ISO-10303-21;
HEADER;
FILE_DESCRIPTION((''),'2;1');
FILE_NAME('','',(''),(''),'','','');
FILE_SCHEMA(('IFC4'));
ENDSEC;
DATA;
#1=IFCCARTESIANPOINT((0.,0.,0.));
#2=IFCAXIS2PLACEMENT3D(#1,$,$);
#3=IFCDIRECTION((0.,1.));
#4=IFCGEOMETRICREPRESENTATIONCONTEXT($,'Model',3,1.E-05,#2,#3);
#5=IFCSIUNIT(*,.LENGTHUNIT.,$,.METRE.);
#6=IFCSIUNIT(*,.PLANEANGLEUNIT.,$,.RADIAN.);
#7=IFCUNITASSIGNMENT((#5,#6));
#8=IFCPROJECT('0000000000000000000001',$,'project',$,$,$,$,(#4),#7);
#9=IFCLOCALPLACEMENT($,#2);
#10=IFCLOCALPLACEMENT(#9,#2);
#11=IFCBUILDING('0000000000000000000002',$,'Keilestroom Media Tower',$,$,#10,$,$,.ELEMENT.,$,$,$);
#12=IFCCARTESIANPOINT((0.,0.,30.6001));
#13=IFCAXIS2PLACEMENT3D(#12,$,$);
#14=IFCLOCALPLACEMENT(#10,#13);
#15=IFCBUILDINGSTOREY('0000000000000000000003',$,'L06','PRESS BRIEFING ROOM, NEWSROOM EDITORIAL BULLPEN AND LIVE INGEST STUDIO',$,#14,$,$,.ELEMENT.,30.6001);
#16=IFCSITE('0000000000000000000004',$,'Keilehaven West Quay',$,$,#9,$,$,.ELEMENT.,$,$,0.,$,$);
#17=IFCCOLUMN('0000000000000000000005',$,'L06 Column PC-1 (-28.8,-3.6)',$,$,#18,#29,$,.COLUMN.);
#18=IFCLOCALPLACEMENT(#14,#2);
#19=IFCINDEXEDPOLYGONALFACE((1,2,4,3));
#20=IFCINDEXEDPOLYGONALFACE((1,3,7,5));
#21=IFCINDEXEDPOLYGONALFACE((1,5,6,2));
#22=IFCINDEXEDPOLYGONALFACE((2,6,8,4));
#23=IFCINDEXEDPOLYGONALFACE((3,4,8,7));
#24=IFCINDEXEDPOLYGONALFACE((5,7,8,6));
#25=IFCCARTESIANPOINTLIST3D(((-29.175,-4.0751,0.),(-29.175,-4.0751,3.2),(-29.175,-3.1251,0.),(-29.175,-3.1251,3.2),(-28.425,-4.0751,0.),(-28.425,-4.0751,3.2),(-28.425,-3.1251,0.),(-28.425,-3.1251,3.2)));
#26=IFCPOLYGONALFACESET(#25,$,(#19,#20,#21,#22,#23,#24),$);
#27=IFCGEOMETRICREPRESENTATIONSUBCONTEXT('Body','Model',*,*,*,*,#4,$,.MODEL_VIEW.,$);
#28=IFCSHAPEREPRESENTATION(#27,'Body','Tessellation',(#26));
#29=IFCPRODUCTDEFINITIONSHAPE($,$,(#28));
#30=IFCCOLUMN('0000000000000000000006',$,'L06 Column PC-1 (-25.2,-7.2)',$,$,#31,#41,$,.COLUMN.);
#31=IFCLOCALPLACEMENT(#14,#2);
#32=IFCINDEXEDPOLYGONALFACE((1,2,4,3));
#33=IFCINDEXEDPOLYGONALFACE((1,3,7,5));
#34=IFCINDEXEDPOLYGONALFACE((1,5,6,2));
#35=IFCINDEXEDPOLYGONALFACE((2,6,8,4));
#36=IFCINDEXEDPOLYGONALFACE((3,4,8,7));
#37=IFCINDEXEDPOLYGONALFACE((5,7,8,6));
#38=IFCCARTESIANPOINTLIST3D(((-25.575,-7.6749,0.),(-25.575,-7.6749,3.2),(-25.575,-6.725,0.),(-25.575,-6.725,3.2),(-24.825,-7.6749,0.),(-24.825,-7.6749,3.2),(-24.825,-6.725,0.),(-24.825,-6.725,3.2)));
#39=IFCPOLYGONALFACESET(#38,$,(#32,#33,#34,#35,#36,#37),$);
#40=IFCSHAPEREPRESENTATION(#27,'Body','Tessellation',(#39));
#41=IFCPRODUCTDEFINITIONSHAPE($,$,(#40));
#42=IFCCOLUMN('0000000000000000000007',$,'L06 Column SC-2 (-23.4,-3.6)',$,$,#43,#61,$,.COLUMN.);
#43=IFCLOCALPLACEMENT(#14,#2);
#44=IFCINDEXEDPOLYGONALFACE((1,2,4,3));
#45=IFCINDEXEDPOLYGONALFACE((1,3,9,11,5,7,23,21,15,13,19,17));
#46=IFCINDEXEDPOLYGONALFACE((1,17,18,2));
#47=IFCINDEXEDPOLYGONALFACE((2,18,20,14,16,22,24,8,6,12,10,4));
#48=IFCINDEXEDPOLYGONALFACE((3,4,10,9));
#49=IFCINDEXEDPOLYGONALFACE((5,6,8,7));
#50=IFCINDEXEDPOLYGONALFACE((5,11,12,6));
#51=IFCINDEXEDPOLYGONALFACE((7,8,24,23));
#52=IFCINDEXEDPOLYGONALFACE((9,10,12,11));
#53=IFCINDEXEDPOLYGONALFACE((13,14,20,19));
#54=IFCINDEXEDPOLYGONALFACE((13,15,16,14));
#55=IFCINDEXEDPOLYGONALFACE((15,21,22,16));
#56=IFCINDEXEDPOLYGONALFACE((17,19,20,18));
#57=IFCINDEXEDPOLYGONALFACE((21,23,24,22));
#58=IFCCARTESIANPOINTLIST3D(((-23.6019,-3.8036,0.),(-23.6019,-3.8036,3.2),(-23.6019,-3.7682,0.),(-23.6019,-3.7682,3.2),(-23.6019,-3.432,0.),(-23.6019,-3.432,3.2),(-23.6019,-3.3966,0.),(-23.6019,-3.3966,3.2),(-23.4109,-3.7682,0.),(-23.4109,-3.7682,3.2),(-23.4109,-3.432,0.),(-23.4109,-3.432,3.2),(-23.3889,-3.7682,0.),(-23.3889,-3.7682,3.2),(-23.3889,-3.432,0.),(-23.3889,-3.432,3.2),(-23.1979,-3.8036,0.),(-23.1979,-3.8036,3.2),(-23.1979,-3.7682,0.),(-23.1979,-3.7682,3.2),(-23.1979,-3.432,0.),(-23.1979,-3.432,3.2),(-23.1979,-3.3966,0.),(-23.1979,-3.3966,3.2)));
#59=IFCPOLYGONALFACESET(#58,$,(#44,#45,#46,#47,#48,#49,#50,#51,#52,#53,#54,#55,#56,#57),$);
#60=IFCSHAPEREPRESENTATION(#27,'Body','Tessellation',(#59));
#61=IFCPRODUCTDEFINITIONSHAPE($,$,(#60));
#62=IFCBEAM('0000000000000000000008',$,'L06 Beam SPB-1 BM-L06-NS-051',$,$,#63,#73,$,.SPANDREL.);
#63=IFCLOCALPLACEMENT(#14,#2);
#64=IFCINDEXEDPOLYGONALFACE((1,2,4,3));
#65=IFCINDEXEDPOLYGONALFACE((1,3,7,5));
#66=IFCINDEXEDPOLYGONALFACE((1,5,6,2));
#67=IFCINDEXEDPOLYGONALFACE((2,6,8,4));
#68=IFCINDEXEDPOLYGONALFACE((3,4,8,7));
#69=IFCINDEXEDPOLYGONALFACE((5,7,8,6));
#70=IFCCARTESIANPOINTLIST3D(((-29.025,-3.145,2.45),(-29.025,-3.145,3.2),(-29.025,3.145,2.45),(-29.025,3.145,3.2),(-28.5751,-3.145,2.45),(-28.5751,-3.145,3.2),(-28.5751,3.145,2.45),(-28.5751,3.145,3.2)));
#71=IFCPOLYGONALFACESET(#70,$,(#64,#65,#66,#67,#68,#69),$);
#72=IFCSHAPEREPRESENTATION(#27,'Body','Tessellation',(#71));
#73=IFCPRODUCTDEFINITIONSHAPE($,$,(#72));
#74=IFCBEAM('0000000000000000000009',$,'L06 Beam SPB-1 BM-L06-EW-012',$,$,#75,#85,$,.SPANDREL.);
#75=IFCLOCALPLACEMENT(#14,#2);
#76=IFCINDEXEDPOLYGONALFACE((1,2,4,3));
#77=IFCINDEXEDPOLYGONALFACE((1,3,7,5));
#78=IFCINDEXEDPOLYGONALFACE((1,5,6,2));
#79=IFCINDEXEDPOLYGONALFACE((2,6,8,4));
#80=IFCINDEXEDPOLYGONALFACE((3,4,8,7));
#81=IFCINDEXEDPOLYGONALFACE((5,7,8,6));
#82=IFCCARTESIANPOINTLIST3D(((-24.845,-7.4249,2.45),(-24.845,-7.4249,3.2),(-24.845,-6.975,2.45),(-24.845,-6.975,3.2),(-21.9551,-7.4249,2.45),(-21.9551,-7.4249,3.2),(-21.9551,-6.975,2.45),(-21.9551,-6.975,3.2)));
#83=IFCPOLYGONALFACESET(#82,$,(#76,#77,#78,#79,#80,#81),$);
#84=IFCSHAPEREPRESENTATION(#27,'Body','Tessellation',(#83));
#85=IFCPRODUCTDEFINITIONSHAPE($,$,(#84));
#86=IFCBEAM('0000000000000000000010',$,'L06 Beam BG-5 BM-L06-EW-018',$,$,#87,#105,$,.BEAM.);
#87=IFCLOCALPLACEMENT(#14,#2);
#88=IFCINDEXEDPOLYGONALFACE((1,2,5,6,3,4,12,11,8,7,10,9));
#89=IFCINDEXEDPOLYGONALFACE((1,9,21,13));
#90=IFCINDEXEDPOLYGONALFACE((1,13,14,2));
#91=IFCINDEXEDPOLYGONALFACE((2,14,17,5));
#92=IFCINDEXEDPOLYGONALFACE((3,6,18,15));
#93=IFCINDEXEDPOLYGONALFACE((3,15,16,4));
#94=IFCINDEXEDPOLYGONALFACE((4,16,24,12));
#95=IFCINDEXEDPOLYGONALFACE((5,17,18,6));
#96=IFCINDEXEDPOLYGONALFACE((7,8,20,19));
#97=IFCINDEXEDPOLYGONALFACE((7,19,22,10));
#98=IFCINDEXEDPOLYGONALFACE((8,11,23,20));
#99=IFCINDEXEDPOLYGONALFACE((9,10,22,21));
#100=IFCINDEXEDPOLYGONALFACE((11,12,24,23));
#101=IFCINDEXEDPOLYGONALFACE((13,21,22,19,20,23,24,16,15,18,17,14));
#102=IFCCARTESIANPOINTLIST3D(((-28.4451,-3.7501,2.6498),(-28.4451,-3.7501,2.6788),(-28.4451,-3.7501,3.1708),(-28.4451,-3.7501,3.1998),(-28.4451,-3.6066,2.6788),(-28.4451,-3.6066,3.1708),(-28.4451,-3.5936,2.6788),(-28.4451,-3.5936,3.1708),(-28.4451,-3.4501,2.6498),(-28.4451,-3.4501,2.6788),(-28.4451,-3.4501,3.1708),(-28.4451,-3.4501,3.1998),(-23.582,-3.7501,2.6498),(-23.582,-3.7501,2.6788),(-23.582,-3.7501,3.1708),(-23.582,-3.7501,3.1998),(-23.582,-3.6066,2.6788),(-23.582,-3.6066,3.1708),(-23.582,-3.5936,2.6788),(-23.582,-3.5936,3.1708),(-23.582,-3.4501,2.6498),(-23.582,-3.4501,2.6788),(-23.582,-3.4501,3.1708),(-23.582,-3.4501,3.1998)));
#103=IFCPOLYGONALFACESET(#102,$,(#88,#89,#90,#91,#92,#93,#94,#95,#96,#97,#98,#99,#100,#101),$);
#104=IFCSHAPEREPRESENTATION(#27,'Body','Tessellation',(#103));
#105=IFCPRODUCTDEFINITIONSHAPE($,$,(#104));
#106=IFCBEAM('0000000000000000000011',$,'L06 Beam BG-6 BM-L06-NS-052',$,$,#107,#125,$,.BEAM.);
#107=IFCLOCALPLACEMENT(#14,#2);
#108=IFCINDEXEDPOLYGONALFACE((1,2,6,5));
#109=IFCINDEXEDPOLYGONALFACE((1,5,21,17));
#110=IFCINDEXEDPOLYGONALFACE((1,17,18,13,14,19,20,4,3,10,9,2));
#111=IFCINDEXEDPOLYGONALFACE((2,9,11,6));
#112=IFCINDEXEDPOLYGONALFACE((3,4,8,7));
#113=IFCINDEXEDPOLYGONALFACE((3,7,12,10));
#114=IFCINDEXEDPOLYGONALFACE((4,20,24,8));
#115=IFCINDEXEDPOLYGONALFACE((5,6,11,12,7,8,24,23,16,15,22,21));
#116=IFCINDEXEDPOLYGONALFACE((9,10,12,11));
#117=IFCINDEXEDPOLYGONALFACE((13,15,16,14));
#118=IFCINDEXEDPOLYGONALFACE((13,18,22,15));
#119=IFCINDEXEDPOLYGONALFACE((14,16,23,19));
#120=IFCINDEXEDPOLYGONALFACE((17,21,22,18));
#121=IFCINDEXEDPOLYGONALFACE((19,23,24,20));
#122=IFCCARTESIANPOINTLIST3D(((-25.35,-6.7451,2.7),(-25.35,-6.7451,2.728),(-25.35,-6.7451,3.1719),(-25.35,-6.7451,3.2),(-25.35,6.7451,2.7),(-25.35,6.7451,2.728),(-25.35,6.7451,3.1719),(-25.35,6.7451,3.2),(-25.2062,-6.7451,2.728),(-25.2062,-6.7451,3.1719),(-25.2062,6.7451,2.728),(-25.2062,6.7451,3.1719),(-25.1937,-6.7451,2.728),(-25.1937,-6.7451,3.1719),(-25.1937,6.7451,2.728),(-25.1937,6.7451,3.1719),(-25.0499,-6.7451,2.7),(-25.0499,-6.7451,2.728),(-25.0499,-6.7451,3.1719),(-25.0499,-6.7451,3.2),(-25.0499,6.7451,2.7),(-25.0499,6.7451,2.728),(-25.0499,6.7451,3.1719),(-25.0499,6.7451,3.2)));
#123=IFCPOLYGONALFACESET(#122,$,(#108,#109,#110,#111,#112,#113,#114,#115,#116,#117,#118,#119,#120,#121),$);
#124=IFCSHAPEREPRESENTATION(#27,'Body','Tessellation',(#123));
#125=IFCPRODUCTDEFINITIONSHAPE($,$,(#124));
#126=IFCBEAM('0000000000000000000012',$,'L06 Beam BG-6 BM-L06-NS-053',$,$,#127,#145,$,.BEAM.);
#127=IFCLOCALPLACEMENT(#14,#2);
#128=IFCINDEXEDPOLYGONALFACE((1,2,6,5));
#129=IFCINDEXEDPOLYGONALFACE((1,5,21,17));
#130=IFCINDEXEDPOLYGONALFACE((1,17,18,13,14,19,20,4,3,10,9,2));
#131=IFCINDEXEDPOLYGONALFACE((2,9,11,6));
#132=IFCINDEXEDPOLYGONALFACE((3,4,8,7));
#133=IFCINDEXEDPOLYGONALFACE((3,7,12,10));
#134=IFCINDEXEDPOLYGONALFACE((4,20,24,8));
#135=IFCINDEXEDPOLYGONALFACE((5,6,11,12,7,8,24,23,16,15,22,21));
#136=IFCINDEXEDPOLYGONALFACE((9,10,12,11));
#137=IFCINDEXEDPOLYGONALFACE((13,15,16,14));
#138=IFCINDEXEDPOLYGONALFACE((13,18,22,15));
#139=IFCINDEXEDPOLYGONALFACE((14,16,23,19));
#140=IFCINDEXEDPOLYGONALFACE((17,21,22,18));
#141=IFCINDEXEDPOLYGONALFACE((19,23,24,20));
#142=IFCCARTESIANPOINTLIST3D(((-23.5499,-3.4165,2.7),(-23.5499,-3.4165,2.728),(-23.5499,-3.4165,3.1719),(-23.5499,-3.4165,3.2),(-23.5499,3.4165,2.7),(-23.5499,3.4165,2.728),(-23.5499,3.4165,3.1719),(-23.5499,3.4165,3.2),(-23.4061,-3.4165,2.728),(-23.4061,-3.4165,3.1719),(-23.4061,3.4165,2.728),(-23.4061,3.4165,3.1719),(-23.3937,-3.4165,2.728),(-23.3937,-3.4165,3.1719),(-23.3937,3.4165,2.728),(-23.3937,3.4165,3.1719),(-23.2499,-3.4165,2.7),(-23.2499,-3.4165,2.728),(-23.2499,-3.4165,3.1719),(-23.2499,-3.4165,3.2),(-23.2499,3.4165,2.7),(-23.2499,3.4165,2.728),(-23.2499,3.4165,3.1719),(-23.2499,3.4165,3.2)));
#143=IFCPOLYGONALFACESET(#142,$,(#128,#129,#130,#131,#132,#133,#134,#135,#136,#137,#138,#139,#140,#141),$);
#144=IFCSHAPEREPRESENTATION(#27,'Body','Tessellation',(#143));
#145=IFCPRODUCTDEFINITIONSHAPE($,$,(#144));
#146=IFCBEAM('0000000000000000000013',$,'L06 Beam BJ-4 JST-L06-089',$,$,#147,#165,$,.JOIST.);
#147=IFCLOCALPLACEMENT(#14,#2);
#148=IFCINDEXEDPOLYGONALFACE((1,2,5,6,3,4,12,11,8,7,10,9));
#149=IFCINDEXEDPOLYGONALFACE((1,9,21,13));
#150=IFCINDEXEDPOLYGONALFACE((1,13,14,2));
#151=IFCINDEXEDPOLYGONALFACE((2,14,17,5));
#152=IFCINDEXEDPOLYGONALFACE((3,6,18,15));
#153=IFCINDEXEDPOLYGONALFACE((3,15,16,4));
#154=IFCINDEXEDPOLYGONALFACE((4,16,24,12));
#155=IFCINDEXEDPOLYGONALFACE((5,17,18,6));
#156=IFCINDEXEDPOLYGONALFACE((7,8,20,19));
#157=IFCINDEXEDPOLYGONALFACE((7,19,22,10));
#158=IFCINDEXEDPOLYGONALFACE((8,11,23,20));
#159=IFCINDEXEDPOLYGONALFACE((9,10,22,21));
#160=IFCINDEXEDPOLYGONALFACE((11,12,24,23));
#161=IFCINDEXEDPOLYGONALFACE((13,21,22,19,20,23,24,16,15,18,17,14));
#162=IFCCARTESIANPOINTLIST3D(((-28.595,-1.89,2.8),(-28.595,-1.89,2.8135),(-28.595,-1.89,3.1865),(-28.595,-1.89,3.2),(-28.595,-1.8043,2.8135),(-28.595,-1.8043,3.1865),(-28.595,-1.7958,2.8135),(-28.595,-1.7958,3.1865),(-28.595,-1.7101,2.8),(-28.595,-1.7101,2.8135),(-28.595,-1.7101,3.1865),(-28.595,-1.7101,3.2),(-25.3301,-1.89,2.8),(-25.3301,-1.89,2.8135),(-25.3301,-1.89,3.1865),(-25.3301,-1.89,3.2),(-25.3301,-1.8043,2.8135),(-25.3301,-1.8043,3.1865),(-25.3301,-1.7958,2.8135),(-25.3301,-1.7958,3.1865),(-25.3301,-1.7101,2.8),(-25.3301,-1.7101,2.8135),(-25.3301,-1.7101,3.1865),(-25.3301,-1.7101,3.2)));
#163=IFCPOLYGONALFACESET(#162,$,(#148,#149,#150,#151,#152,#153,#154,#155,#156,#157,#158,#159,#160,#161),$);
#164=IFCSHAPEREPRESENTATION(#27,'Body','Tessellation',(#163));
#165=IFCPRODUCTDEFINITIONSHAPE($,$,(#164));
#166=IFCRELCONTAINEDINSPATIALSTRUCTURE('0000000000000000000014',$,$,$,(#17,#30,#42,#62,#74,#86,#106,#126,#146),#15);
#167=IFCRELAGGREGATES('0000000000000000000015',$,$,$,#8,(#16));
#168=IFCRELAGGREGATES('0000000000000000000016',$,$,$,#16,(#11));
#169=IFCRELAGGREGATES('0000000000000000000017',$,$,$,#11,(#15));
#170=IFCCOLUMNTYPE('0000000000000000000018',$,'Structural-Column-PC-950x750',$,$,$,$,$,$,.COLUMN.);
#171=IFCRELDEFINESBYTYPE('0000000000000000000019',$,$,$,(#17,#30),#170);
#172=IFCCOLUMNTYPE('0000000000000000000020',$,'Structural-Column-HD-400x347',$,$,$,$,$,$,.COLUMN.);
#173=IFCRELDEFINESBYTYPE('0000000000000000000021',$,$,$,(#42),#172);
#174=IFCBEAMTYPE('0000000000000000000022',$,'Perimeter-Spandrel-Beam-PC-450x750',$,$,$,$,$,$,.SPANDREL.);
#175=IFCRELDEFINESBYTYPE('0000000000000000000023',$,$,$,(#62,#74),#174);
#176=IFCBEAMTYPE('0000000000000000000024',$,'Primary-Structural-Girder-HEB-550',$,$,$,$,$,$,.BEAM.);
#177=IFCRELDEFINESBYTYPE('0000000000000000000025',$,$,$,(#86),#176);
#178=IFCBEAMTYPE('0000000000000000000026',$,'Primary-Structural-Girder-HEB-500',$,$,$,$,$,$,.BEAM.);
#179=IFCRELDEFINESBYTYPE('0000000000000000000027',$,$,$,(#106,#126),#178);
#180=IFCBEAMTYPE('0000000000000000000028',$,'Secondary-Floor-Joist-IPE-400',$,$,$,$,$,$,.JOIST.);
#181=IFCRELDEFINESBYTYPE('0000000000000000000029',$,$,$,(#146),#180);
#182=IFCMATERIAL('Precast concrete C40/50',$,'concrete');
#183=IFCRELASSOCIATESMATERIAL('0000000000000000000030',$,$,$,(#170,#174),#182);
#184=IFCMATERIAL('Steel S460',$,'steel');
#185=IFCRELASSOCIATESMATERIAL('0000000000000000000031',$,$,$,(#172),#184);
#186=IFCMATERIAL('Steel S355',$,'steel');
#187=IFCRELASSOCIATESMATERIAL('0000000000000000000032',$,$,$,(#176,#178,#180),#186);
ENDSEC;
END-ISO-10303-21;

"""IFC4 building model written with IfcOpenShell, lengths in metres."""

from ifc_helpers import new_model, si_unit, direction, frame, origin, origin_2d, place, context, subcontext, project, spatial, rectangle, i_section, extrude, source, transform, mapped, material, material_profile, profile_set, type_object, element, save


model = new_model("IFC4")

# Units and contexts
model_context = context("Model", 3, precision=1e-05, world=origin(), true_north=direction((0.0, 1.0)))
body_context = subcontext(model_context, "Body", "Model", "MODEL_VIEW")
ifc_project = project(units=[si_unit("LENGTHUNIT", "METRE"), si_unit("PLANEANGLEUNIT", "RADIAN")], contexts=[model_context])

# Site, building, storey
site_placement = place(None, origin())
site = spatial("IfcSite", under=ifc_project, at=site_placement, Name="Keilehaven West Quay", CompositionType="ELEMENT", RefElevation=0.0)
building_placement = place(site_placement, origin())
building = spatial("IfcBuilding", under=site, at=building_placement, Name="Keilestroom Media Tower", CompositionType="ELEMENT")
storey_placement = place(building_placement, frame((0.0, 0.0, 30.6001)))
storey = spatial("IfcBuildingStorey", under=building, at=storey_placement, Name="L06", Description="PRESS BRIEFING ROOM, NEWSROOM EDITORIAL BULLPEN AND LIVE INGEST STUDIO", CompositionType="ELEMENT", Elevation=30.6001)

# Columns
ifc_material_1 = material(Name="Precast concrete C40/50", Category="concrete")
ifc_material_profile_1 = material_profile(ifc_material_1, rectangle(XDim=0.75, YDim=0.95, at=origin_2d()), Name="PC 950x750")
ifc_profile_set_1 = profile_set([ifc_material_profile_1], Name="Precast concrete C40/50")
column_type_1 = type_object("IfcColumnType", Name="Structural-Column-PC-950x750", PredefinedType="COLUMN", material=ifc_profile_set_1)
shared_shape_1 = source(origin(), body_context, "Body", "SweptSolid", [
    extrude(rectangle(XDim=0.75, YDim=0.95, at=origin_2d()), origin(), (0.0, 0.0, 1.0), 3.2),
])
for number, where, z_axis, x_axis, name in (
    (1, (-28.8, -3.6001, 0.0), (0.0, 0.0, 1.0), (1.0, 0.0, 0.0), "L06 Column PC-1 (-28.8,-3.6)"),
    (2, (-25.2, -7.2, 0.0), (0.0, 0.0, 1.0), (1.0, 0.0, 0.0), "L06 Column PC-1 (-25.2,-7.2)"),
):
    element("IfcColumn", number, at=place(storey_placement, frame(where, z_axis=z_axis, x_axis=x_axis)), inside=storey, type_object=column_type_1, Name=name, PredefinedType="COLUMN", context=body_context, shape_type="MappedRepresentation", body=[
        mapped(shared_shape_1, transform((0.0, 0.0, 0.0), x_axis=(1.0, 0.0, 0.0), y_axis=(0.0, 1.0, 0.0), z_axis=(0.0, 0.0, 1.0), scale=1.0)),
    ])
ifc_material_2 = material(Name="Steel S460", Category="steel")
ifc_material_profile_2 = material_profile(ifc_material_2, i_section(OverallWidth=0.4041, OverallDepth=0.407, WebThickness=0.022, FlangeThickness=0.0354, at=origin_2d()), Name="HD 400x347")
ifc_profile_set_2 = profile_set([ifc_material_profile_2], Name="Steel S460")
column_type_2 = type_object("IfcColumnType", Name="Structural-Column-HD-400x347", PredefinedType="COLUMN", material=ifc_profile_set_2)
shared_shape_2 = source(origin(), body_context, "Body", "SweptSolid", [
    extrude(i_section(OverallWidth=0.4041, OverallDepth=0.407, WebThickness=0.022, FlangeThickness=0.0354, at=origin_2d()), origin(), (0.0, 0.0, 1.0), 3.2),
])
column_placement = place(storey_placement, frame((-23.3999, -3.6001, 0.0), z_axis=(0.0, 0.0, 1.0), x_axis=(1.0, 0.0, 0.0)))
element("IfcColumn", 3, at=column_placement, inside=storey, type_object=column_type_2, Name="L06 Column SC-2 (-23.4,-3.6)", PredefinedType="COLUMN", context=body_context, shape_type="MappedRepresentation", body=[
    mapped(shared_shape_2, transform((0.0, 0.0, 0.0), x_axis=(1.0, 0.0, 0.0), y_axis=(0.0, 1.0, 0.0), z_axis=(0.0, 0.0, 1.0), scale=1.0)),
])

# Beams
ifc_material_profile_3 = material_profile(ifc_material_1, rectangle(XDim=0.45, YDim=0.75, at=origin_2d()), Name="PC 450x750")
ifc_profile_set_3 = profile_set([ifc_material_profile_3], Name="Precast concrete C40/50")
beam_type_1 = type_object("IfcBeamType", Name="Perimeter-Spandrel-Beam-PC-450x750", PredefinedType="SPANDREL", material=ifc_profile_set_3)
shared_shape_3 = source(origin(), body_context, "Body", "SweptSolid", [
    extrude(rectangle(XDim=0.45, YDim=0.75, at=origin_2d()), origin(), (0.0, 0.0, 1.0), 6.29),
])
beam_1_placement = place(storey_placement, frame((-28.8, -3.145, 2.825), z_axis=(0.0, 1.0, 0.0), x_axis=(-1.0, 0.0, 0.0)))
element("IfcBeam", 4, at=beam_1_placement, inside=storey, type_object=beam_type_1, Name="L06 Beam SPB-1 BM-L06-NS-051", PredefinedType="SPANDREL", context=body_context, shape_type="MappedRepresentation", body=[
    mapped(shared_shape_3, transform((0.0, 0.0, 0.0), x_axis=(1.0, 0.0, 0.0), y_axis=(0.0, 1.0, 0.0), z_axis=(0.0, 0.0, 1.0), scale=1.0)),
])
shared_shape_4 = source(origin(), body_context, "Body", "SweptSolid", [
    extrude(rectangle(XDim=0.45, YDim=0.75, at=origin_2d()), origin(), (0.0, 0.0, 1.0), 2.8899),
])
beam_2_placement = place(storey_placement, frame((-24.845, -7.2, 2.825), z_axis=(1.0, 0.0, 0.0), x_axis=(0.0, 1.0, 0.0)))
element("IfcBeam", 5, at=beam_2_placement, inside=storey, type_object=beam_type_1, Name="L06 Beam SPB-1 BM-L06-EW-012", PredefinedType="SPANDREL", context=body_context, shape_type="MappedRepresentation", body=[
    mapped(shared_shape_4, transform((0.0, 0.0, 0.0), x_axis=(1.0, 0.0, 0.0), y_axis=(0.0, 1.0, 0.0), z_axis=(0.0, 0.0, 1.0), scale=1.0)),
])
ifc_material_3 = material(Name="Steel S355", Category="steel")
ifc_material_profile_4 = material_profile(ifc_material_3, i_section(OverallWidth=0.3, OverallDepth=0.55, WebThickness=0.0129, FlangeThickness=0.0291, at=origin_2d()), Name="HEB 550")
ifc_profile_set_4 = profile_set([ifc_material_profile_4], Name="Steel S355")
beam_type_2 = type_object("IfcBeamType", Name="Primary-Structural-Girder-HEB-550", PredefinedType="BEAM", material=ifc_profile_set_4)
shared_shape_5 = source(origin(), body_context, "Body", "SweptSolid", [
    extrude(i_section(OverallWidth=0.3, OverallDepth=0.55, WebThickness=0.0129, FlangeThickness=0.0291, at=origin_2d()), origin(), (0.0, 0.0, 1.0), 4.863),
])
beam_3_placement = place(storey_placement, frame((-28.4451, -3.6001, 2.9248), z_axis=(1.0, 0.0, 0.0), x_axis=(0.0, 1.0, 0.0)))
element("IfcBeam", 6, at=beam_3_placement, inside=storey, type_object=beam_type_2, Name="L06 Beam BG-5 BM-L06-EW-018", PredefinedType="BEAM", context=body_context, shape_type="MappedRepresentation", body=[
    mapped(shared_shape_5, transform((0.0, 0.0, 0.0), x_axis=(1.0, 0.0, 0.0), y_axis=(0.0, 1.0, 0.0), z_axis=(0.0, 0.0, 1.0), scale=1.0)),
])
ifc_material_profile_5 = material_profile(ifc_material_3, i_section(OverallWidth=0.3, OverallDepth=0.5, WebThickness=0.0125, FlangeThickness=0.0281, at=origin_2d()), Name="HEB 500")
ifc_profile_set_5 = profile_set([ifc_material_profile_5], Name="Steel S355")
beam_type_3 = type_object("IfcBeamType", Name="Primary-Structural-Girder-HEB-500", PredefinedType="BEAM", material=ifc_profile_set_5)
shared_shape_6 = source(origin(), body_context, "Body", "SweptSolid", [
    extrude(i_section(OverallWidth=0.3, OverallDepth=0.5, WebThickness=0.0125, FlangeThickness=0.0281, at=origin_2d()), origin(), (0.0, 0.0, 1.0), 13.4902),
])
beam_4_placement = place(storey_placement, frame((-25.2, -6.7451, 2.95), z_axis=(0.0, 1.0, 0.0), x_axis=(-1.0, 0.0, 0.0)))
element("IfcBeam", 7, at=beam_4_placement, inside=storey, type_object=beam_type_3, Name="L06 Beam BG-6 BM-L06-NS-052", PredefinedType="BEAM", context=body_context, shape_type="MappedRepresentation", body=[
    mapped(shared_shape_6, transform((0.0, 0.0, 0.0), x_axis=(1.0, 0.0, 0.0), y_axis=(0.0, 1.0, 0.0), z_axis=(0.0, 0.0, 1.0), scale=1.0)),
])
shared_shape_7 = source(origin(), body_context, "Body", "SweptSolid", [
    extrude(i_section(OverallWidth=0.3, OverallDepth=0.5, WebThickness=0.0125, FlangeThickness=0.0281, at=origin_2d()), origin(), (0.0, 0.0, 1.0), 6.833),
])
beam_5_placement = place(storey_placement, frame((-23.3999, -3.4165, 2.95), z_axis=(0.0, 1.0, 0.0), x_axis=(-1.0, 0.0, 0.0)))
element("IfcBeam", 8, at=beam_5_placement, inside=storey, type_object=beam_type_3, Name="L06 Beam BG-6 BM-L06-NS-053", PredefinedType="BEAM", context=body_context, shape_type="MappedRepresentation", body=[
    mapped(shared_shape_7, transform((0.0, 0.0, 0.0), x_axis=(1.0, 0.0, 0.0), y_axis=(0.0, 1.0, 0.0), z_axis=(0.0, 0.0, 1.0), scale=1.0)),
])
ifc_material_profile_6 = material_profile(ifc_material_3, i_section(OverallWidth=0.1799, OverallDepth=0.3999, WebThickness=0.0085, FlangeThickness=0.0134, at=origin_2d()), Name="IPE 400")
ifc_profile_set_6 = profile_set([ifc_material_profile_6], Name="Steel S355")
beam_type_4 = type_object("IfcBeamType", Name="Secondary-Floor-Joist-IPE-400", PredefinedType="JOIST", material=ifc_profile_set_6)
shared_shape_8 = source(origin(), body_context, "Body", "SweptSolid", [
    extrude(i_section(OverallWidth=0.1799, OverallDepth=0.3999, WebThickness=0.0085, FlangeThickness=0.0134, at=origin_2d()), origin(), (0.0, 0.0, 1.0), 3.2649),
])
beam_6_placement = place(storey_placement, frame((-28.595, -1.8, 3.0), z_axis=(1.0, 0.0, 0.0), x_axis=(0.0, 1.0, 0.0)))
element("IfcBeam", 9, at=beam_6_placement, inside=storey, type_object=beam_type_4, Name="L06 Beam BJ-4 JST-L06-089", PredefinedType="JOIST", context=body_context, shape_type="MappedRepresentation", body=[
    mapped(shared_shape_8, transform((0.0, 0.0, 0.0), x_axis=(1.0, 0.0, 0.0), y_axis=(0.0, 1.0, 0.0), z_axis=(0.0, 0.0, 1.0), scale=1.0)),
])

save(model, "model.ifc")
